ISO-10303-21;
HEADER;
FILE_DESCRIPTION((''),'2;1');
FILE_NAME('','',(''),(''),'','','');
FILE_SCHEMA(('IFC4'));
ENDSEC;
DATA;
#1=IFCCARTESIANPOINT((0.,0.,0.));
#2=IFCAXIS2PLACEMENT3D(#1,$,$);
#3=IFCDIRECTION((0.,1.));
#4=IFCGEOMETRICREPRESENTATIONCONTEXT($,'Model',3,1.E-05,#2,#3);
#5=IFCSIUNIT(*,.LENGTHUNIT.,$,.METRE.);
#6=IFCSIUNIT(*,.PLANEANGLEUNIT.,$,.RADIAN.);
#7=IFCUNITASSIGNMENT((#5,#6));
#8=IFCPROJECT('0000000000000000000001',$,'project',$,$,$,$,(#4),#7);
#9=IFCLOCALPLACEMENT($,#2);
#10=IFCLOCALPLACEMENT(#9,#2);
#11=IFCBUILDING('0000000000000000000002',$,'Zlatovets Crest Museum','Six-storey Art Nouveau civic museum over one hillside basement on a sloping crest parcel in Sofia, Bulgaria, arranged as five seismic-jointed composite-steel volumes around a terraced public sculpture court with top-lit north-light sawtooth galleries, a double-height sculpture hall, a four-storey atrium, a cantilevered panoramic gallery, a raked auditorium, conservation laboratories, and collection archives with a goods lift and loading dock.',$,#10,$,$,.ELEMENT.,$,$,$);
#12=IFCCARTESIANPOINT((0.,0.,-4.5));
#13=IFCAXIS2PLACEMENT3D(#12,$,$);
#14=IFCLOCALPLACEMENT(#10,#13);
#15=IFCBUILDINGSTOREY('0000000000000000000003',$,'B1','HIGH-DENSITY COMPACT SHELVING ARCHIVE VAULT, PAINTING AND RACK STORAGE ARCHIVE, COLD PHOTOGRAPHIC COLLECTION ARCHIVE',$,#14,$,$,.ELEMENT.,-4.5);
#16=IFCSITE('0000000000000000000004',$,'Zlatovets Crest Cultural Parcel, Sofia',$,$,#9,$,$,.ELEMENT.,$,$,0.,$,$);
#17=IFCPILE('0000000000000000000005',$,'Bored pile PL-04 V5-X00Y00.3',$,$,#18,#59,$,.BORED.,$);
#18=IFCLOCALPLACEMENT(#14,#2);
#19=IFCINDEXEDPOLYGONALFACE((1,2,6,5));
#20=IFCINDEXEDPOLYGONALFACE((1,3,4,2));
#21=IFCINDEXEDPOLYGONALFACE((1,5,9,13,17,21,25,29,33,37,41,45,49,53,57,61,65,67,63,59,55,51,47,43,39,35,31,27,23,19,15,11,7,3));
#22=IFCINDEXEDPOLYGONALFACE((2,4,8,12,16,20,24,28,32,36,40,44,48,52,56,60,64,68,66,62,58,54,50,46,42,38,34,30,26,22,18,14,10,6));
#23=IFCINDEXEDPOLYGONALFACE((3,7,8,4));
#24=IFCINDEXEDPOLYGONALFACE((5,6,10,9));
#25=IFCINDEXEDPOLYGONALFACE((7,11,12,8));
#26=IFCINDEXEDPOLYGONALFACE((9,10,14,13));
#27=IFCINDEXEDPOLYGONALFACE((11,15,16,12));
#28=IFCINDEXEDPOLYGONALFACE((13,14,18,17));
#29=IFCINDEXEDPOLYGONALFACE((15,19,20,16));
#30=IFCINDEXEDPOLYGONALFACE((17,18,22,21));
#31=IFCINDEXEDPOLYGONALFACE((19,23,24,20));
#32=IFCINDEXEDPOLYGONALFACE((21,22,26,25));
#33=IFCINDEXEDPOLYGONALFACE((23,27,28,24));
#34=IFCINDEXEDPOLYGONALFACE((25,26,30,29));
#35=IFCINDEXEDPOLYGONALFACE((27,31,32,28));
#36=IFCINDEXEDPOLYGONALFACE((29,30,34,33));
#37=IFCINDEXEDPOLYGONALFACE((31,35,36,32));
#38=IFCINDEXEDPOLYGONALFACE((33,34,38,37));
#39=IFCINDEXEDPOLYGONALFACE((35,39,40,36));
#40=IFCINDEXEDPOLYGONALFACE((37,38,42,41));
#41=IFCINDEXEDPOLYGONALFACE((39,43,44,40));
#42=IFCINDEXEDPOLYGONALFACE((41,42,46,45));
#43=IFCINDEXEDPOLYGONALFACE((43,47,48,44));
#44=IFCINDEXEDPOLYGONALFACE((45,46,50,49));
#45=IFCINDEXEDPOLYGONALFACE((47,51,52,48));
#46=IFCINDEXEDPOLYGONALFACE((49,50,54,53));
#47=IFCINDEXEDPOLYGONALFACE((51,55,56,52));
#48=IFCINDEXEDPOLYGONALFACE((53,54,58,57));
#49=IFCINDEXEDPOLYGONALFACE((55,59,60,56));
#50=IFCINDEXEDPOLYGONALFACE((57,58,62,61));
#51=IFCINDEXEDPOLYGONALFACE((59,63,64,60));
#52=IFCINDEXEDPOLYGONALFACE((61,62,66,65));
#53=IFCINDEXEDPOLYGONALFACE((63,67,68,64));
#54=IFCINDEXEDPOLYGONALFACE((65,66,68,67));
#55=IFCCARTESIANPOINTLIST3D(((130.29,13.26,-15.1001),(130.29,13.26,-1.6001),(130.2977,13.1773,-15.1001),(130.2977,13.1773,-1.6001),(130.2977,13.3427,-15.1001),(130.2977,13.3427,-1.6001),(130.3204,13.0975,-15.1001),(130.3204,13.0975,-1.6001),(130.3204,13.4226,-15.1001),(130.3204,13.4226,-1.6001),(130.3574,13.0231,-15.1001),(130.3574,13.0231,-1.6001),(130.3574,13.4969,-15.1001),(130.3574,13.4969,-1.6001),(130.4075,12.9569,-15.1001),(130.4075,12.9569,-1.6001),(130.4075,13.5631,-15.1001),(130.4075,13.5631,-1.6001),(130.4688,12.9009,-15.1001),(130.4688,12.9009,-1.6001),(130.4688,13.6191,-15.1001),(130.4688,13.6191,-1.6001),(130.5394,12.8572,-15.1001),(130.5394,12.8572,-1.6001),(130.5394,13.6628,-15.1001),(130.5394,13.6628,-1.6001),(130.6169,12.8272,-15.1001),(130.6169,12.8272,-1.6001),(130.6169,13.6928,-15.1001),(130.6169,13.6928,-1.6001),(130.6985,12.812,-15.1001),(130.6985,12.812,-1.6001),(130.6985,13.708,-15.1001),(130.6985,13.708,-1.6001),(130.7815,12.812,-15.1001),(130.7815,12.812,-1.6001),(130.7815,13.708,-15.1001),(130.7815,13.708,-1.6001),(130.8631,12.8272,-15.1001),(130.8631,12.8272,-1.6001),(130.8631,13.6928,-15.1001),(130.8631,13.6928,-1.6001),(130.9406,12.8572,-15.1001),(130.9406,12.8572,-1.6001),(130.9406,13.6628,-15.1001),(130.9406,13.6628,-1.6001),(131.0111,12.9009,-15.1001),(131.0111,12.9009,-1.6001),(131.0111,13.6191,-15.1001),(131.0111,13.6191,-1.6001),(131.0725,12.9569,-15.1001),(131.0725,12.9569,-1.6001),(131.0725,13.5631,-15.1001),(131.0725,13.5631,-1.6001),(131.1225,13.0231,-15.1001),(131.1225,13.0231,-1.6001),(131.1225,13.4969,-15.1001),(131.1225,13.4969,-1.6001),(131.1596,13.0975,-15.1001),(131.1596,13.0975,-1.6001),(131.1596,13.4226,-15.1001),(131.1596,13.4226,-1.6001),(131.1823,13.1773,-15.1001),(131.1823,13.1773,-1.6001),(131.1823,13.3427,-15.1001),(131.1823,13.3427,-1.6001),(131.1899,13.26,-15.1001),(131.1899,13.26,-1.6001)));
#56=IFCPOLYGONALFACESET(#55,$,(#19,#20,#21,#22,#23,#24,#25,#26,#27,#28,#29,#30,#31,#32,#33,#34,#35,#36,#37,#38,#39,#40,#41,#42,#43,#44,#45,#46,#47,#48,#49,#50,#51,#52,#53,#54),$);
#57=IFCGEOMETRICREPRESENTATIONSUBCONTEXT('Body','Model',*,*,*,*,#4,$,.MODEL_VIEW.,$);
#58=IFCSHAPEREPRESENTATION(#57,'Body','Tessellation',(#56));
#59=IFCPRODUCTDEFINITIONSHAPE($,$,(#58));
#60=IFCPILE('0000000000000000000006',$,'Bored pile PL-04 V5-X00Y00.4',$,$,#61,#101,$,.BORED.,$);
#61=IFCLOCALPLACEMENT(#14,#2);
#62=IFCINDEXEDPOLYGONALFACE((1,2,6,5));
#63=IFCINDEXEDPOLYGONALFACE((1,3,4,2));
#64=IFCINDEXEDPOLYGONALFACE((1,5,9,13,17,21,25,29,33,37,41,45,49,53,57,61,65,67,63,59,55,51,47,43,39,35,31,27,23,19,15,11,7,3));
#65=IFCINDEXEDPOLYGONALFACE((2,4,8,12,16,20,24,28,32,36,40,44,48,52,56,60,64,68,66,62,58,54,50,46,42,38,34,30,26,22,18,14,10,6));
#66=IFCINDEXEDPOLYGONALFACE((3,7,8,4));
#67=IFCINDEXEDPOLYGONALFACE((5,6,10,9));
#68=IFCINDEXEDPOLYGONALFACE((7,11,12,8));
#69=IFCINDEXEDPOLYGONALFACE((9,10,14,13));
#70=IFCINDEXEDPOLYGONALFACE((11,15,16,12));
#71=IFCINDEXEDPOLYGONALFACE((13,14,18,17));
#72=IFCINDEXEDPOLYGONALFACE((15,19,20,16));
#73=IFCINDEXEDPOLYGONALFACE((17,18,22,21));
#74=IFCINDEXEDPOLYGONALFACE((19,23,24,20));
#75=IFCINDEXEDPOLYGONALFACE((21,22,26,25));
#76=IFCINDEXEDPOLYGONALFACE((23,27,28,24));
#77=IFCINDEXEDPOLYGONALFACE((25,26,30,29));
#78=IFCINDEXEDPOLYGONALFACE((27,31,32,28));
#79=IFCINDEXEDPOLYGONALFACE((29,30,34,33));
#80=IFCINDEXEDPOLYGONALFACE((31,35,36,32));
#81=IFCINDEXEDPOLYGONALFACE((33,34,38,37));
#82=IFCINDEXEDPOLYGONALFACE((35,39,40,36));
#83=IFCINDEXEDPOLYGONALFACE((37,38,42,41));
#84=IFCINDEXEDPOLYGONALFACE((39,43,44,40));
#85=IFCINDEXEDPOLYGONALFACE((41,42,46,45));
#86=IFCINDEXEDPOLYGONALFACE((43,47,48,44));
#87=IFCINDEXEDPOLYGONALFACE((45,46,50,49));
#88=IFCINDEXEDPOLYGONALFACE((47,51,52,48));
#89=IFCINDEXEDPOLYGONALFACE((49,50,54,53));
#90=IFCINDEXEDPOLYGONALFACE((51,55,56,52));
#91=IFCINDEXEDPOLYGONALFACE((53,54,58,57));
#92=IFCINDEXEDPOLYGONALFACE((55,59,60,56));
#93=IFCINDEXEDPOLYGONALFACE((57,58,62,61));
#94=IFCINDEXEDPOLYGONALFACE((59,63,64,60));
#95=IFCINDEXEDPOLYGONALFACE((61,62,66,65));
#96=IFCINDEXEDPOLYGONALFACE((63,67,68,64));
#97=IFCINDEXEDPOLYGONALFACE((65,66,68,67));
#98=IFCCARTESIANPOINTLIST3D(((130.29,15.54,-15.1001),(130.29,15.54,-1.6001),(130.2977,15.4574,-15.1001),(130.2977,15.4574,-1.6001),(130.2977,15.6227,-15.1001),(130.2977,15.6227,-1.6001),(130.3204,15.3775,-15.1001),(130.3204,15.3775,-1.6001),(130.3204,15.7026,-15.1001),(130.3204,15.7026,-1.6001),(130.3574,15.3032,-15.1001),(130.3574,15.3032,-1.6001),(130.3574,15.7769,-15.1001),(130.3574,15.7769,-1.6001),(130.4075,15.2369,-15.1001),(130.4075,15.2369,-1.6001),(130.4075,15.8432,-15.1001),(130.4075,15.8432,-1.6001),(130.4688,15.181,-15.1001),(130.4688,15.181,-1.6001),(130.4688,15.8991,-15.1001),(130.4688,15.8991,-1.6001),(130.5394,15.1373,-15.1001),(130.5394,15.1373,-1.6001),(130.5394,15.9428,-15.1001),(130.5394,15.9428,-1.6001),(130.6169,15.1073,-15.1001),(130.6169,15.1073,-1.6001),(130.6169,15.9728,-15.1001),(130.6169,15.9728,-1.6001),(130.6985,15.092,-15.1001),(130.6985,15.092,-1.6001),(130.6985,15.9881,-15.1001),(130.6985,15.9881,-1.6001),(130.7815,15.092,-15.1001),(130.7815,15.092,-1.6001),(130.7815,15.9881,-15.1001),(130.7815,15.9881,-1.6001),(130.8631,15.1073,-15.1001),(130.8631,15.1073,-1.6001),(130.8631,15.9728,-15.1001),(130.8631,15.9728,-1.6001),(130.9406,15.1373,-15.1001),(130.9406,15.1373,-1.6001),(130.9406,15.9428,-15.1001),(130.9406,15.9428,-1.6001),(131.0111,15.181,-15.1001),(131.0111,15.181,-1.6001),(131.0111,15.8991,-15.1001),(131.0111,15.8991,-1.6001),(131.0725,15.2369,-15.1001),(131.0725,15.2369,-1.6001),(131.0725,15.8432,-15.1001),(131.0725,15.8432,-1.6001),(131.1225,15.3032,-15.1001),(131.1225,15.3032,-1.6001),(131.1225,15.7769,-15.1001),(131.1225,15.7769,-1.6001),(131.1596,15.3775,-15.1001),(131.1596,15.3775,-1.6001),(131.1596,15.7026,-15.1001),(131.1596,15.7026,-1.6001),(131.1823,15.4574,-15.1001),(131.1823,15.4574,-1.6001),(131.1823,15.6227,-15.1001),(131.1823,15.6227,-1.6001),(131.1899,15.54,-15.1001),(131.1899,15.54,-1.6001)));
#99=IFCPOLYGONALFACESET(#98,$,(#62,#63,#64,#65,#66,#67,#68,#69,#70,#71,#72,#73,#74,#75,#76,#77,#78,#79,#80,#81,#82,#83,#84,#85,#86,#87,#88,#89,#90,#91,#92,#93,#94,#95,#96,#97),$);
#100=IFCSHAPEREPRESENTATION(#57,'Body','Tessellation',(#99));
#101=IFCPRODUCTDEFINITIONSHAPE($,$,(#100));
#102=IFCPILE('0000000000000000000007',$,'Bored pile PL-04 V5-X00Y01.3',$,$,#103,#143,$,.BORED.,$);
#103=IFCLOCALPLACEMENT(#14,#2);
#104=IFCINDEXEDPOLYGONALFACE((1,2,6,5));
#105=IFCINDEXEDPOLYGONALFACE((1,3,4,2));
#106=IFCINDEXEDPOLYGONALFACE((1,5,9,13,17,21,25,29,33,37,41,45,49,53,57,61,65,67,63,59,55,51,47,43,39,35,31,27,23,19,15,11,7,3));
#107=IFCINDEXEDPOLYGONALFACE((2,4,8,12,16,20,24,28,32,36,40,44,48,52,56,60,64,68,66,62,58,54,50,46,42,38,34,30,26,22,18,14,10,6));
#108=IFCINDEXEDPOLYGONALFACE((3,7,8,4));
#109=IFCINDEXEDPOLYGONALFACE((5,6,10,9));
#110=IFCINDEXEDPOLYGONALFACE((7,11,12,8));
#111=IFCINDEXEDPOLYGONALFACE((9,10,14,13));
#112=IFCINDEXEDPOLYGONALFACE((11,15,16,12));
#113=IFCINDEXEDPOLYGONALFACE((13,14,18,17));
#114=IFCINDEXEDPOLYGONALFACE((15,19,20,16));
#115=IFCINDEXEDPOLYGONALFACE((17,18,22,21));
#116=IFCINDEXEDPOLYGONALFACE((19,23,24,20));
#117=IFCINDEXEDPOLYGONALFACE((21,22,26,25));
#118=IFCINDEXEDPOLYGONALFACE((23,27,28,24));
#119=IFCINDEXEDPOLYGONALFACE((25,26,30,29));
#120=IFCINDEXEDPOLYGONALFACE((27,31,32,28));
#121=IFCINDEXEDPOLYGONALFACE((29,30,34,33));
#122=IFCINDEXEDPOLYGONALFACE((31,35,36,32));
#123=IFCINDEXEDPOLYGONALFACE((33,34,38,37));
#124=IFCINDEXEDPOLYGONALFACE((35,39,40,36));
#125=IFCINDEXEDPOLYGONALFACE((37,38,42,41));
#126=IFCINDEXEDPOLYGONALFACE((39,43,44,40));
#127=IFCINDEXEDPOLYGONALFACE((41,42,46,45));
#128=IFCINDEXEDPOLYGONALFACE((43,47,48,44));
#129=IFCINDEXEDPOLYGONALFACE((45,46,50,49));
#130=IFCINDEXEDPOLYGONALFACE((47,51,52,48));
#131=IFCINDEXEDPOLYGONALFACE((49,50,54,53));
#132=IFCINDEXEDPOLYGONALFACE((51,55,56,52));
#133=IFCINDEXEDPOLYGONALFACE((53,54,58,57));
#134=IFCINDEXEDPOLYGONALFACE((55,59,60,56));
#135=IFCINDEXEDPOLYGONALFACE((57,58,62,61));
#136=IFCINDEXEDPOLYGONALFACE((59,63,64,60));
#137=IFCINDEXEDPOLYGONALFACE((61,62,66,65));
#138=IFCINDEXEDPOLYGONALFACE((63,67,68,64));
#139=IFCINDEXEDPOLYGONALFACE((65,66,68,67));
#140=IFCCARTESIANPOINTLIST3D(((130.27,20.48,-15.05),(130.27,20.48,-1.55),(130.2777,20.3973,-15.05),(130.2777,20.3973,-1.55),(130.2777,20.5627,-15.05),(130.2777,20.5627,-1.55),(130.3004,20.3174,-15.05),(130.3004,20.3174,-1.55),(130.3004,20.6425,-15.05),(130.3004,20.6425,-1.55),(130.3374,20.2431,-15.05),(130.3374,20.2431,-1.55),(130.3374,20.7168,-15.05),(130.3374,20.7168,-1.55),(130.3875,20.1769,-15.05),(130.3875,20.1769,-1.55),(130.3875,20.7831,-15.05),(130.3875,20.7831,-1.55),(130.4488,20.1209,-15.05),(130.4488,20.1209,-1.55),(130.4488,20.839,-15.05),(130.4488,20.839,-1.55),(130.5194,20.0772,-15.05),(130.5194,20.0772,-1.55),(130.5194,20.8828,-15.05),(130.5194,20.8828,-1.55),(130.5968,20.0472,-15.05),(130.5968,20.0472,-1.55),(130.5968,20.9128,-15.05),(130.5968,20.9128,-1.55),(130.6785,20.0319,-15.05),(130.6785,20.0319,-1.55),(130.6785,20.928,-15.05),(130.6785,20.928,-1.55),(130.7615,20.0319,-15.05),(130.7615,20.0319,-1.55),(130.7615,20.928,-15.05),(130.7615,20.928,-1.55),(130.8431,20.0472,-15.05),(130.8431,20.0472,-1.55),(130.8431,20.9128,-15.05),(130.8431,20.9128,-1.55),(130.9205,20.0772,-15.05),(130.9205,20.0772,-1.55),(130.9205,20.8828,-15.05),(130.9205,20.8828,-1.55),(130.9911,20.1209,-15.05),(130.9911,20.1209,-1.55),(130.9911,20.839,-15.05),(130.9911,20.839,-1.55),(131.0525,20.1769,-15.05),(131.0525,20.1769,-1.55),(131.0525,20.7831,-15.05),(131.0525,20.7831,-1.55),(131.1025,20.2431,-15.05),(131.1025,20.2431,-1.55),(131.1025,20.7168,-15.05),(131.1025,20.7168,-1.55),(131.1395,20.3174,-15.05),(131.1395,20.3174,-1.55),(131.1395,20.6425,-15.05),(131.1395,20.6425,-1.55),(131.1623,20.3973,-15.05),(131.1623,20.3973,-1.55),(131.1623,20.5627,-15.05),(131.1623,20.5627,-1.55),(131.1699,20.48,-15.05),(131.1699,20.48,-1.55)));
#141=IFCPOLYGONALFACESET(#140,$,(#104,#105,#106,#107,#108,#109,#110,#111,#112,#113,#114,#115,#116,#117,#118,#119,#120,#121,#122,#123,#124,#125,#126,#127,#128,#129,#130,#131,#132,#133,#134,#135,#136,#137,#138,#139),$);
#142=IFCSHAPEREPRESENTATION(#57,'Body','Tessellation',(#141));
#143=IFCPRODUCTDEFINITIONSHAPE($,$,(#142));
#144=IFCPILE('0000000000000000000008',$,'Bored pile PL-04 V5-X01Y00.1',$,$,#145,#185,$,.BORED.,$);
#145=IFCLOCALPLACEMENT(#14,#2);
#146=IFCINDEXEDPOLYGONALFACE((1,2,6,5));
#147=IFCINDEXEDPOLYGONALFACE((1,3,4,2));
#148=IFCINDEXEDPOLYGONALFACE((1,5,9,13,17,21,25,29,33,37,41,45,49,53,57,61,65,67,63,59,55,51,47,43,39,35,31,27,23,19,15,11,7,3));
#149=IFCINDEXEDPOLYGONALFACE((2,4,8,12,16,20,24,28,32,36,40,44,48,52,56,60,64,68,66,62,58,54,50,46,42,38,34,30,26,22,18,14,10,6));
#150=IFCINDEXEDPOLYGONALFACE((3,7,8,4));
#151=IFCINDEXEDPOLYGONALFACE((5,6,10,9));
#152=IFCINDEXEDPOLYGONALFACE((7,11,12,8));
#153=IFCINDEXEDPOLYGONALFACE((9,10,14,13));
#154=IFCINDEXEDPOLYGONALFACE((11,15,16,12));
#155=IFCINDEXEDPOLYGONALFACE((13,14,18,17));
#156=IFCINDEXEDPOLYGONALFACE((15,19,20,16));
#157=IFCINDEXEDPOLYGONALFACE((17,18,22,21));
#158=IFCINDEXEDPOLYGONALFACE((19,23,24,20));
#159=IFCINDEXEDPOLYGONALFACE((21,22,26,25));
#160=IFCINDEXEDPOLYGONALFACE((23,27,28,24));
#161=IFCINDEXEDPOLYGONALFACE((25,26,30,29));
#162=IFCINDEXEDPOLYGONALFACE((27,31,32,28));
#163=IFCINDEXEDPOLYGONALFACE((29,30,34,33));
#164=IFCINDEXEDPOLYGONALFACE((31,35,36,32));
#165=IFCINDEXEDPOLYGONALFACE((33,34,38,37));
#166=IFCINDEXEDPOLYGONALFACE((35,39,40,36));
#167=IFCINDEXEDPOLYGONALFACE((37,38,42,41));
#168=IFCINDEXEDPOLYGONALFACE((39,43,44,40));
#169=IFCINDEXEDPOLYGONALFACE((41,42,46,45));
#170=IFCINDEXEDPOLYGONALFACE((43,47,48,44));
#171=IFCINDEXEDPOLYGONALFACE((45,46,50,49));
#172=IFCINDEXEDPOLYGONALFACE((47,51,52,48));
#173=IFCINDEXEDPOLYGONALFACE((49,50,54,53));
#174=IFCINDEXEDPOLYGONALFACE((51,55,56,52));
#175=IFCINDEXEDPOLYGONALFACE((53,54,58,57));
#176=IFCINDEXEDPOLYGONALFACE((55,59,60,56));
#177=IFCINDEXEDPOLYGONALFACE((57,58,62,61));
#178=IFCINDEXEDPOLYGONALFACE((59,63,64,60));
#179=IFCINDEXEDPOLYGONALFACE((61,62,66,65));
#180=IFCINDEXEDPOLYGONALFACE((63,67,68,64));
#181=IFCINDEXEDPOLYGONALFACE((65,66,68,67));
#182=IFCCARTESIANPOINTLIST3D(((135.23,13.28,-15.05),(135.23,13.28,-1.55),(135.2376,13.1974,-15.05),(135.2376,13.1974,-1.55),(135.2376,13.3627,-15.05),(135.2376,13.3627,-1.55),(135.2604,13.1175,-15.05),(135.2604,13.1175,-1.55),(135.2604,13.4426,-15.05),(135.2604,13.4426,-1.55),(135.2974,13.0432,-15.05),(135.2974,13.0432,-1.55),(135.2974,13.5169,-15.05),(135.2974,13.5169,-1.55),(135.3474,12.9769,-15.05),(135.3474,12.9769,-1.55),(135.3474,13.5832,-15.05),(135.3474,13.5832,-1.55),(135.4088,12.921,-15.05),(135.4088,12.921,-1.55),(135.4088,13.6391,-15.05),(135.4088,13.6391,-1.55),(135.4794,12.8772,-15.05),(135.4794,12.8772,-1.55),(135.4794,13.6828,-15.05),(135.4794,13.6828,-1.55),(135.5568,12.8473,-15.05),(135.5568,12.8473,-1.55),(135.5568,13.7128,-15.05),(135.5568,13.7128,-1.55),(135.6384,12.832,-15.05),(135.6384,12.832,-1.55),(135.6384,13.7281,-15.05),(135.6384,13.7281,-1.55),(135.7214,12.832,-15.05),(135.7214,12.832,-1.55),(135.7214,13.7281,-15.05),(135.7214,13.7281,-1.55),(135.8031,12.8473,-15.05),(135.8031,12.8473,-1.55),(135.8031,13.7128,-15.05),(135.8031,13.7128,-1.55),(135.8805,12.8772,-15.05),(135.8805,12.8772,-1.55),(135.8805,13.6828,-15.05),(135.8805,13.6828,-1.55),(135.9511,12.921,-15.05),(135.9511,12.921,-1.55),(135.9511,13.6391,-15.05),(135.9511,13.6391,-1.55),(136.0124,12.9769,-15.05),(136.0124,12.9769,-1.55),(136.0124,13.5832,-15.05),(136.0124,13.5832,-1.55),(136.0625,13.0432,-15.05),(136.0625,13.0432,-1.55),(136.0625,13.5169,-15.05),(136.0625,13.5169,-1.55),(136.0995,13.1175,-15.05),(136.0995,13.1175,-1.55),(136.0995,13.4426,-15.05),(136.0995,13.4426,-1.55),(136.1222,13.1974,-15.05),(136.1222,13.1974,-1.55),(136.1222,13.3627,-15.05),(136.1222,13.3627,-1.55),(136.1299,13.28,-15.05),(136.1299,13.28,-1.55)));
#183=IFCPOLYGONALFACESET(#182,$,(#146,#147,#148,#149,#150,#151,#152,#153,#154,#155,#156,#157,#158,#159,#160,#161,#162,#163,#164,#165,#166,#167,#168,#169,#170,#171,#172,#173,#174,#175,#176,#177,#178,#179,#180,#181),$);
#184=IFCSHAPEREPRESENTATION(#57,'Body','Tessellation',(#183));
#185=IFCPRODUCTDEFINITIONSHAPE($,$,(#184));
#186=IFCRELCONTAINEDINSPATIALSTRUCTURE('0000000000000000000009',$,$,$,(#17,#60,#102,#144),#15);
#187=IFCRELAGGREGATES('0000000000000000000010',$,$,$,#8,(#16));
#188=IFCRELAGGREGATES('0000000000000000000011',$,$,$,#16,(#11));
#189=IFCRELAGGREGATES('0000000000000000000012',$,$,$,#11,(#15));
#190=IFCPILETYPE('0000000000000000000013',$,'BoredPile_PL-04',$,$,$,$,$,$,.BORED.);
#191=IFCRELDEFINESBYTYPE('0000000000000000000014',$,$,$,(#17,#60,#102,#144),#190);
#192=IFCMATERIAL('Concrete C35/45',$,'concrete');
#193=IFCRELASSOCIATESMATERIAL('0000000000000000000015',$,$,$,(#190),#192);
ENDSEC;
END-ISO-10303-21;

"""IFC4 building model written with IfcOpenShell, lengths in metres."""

from ifc_helpers import new_model, si_unit, direction, frame, origin, origin_2d, place, context, subcontext, project, spatial, circle, extrude, material, material_profile, profile_set, type_object, element, save


model = new_model("IFC4")

# Units and contexts
model_context = context("Model", 3, precision=1e-05, world=origin(), true_north=direction((0.0, 1.0)))
body_context = subcontext(model_context, "Body", "Model", "MODEL_VIEW")
ifc_project = project(units=[si_unit("LENGTHUNIT", "METRE"), si_unit("PLANEANGLEUNIT", "RADIAN")], contexts=[model_context])

# Site, building, storey
site_placement = place(None, origin())
site = spatial("IfcSite", under=ifc_project, at=site_placement, Name="Zlatovets Crest Cultural Parcel, Sofia", CompositionType="ELEMENT", RefElevation=0.0)
building_placement = place(site_placement, origin())
building = spatial("IfcBuilding", under=site, at=building_placement, Name="Zlatovets Crest Museum", Description="Six-storey Art Nouveau civic museum over one hillside basement on a sloping crest parcel in Sofia, Bulgaria, arranged as five seismic-jointed composite-steel volumes around a terraced public sculpture court with top-lit north-light sawtooth galleries, a double-height sculpture hall, a four-storey atrium, a cantilevered panoramic gallery, a raked auditorium, conservation laboratories, and collection archives with a goods lift and loading dock.", CompositionType="ELEMENT")
storey_placement = place(building_placement, frame((0.0, 0.0, -4.5)))
storey = spatial("IfcBuildingStorey", under=building, at=storey_placement, Name="B1", Description="HIGH-DENSITY COMPACT SHELVING ARCHIVE VAULT, PAINTING AND RACK STORAGE ARCHIVE, COLD PHOTOGRAPHIC COLLECTION ARCHIVE", CompositionType="ELEMENT", Elevation=-4.5)

# Piles
ifc_material_1 = material(Name="Concrete C35/45", Category="concrete")
ifc_material_profile_1 = material_profile(ifc_material_1, circle(Radius=0.45, at=origin_2d()), Name="PILE D900")
ifc_profile_set_1 = profile_set([ifc_material_profile_1], Name="Concrete C35/45")
pile_type = type_object("IfcPileType", Name="BoredPile_PL-04", PredefinedType="BORED", material=ifc_profile_set_1)
for number, where, z_axis, x_axis, name in (
    (1, (130.74, 13.26, -1.6001), (0.0, 0.0, -1.0), (1.0, 0.0, 0.0), "Bored pile PL-04 V5-X00Y00.3"),
    (2, (130.74, 15.54, -1.6001), (0.0, 0.0, -1.0), (1.0, 0.0, 0.0), "Bored pile PL-04 V5-X00Y00.4"),
    (3, (130.72, 20.48, -1.55), (0.0, 0.0, -1.0), (1.0, 0.0, 0.0), "Bored pile PL-04 V5-X00Y01.3"),
    (4, (135.6799, 13.28, -1.55), (0.0, 0.0, -1.0), (1.0, 0.0, 0.0), "Bored pile PL-04 V5-X01Y00.1"),
):
    element("IfcPile", number, at=place(storey_placement, frame(where, z_axis=z_axis, x_axis=x_axis)), inside=storey, type_object=pile_type, Name=name, PredefinedType="BORED", context=body_context, shape_type="SweptSolid", body=[
        extrude(circle(Radius=0.45, at=origin_2d()), origin(), (0.0, 0.0, 1.0), 13.5),
    ])

save(model, "model.ifc")
